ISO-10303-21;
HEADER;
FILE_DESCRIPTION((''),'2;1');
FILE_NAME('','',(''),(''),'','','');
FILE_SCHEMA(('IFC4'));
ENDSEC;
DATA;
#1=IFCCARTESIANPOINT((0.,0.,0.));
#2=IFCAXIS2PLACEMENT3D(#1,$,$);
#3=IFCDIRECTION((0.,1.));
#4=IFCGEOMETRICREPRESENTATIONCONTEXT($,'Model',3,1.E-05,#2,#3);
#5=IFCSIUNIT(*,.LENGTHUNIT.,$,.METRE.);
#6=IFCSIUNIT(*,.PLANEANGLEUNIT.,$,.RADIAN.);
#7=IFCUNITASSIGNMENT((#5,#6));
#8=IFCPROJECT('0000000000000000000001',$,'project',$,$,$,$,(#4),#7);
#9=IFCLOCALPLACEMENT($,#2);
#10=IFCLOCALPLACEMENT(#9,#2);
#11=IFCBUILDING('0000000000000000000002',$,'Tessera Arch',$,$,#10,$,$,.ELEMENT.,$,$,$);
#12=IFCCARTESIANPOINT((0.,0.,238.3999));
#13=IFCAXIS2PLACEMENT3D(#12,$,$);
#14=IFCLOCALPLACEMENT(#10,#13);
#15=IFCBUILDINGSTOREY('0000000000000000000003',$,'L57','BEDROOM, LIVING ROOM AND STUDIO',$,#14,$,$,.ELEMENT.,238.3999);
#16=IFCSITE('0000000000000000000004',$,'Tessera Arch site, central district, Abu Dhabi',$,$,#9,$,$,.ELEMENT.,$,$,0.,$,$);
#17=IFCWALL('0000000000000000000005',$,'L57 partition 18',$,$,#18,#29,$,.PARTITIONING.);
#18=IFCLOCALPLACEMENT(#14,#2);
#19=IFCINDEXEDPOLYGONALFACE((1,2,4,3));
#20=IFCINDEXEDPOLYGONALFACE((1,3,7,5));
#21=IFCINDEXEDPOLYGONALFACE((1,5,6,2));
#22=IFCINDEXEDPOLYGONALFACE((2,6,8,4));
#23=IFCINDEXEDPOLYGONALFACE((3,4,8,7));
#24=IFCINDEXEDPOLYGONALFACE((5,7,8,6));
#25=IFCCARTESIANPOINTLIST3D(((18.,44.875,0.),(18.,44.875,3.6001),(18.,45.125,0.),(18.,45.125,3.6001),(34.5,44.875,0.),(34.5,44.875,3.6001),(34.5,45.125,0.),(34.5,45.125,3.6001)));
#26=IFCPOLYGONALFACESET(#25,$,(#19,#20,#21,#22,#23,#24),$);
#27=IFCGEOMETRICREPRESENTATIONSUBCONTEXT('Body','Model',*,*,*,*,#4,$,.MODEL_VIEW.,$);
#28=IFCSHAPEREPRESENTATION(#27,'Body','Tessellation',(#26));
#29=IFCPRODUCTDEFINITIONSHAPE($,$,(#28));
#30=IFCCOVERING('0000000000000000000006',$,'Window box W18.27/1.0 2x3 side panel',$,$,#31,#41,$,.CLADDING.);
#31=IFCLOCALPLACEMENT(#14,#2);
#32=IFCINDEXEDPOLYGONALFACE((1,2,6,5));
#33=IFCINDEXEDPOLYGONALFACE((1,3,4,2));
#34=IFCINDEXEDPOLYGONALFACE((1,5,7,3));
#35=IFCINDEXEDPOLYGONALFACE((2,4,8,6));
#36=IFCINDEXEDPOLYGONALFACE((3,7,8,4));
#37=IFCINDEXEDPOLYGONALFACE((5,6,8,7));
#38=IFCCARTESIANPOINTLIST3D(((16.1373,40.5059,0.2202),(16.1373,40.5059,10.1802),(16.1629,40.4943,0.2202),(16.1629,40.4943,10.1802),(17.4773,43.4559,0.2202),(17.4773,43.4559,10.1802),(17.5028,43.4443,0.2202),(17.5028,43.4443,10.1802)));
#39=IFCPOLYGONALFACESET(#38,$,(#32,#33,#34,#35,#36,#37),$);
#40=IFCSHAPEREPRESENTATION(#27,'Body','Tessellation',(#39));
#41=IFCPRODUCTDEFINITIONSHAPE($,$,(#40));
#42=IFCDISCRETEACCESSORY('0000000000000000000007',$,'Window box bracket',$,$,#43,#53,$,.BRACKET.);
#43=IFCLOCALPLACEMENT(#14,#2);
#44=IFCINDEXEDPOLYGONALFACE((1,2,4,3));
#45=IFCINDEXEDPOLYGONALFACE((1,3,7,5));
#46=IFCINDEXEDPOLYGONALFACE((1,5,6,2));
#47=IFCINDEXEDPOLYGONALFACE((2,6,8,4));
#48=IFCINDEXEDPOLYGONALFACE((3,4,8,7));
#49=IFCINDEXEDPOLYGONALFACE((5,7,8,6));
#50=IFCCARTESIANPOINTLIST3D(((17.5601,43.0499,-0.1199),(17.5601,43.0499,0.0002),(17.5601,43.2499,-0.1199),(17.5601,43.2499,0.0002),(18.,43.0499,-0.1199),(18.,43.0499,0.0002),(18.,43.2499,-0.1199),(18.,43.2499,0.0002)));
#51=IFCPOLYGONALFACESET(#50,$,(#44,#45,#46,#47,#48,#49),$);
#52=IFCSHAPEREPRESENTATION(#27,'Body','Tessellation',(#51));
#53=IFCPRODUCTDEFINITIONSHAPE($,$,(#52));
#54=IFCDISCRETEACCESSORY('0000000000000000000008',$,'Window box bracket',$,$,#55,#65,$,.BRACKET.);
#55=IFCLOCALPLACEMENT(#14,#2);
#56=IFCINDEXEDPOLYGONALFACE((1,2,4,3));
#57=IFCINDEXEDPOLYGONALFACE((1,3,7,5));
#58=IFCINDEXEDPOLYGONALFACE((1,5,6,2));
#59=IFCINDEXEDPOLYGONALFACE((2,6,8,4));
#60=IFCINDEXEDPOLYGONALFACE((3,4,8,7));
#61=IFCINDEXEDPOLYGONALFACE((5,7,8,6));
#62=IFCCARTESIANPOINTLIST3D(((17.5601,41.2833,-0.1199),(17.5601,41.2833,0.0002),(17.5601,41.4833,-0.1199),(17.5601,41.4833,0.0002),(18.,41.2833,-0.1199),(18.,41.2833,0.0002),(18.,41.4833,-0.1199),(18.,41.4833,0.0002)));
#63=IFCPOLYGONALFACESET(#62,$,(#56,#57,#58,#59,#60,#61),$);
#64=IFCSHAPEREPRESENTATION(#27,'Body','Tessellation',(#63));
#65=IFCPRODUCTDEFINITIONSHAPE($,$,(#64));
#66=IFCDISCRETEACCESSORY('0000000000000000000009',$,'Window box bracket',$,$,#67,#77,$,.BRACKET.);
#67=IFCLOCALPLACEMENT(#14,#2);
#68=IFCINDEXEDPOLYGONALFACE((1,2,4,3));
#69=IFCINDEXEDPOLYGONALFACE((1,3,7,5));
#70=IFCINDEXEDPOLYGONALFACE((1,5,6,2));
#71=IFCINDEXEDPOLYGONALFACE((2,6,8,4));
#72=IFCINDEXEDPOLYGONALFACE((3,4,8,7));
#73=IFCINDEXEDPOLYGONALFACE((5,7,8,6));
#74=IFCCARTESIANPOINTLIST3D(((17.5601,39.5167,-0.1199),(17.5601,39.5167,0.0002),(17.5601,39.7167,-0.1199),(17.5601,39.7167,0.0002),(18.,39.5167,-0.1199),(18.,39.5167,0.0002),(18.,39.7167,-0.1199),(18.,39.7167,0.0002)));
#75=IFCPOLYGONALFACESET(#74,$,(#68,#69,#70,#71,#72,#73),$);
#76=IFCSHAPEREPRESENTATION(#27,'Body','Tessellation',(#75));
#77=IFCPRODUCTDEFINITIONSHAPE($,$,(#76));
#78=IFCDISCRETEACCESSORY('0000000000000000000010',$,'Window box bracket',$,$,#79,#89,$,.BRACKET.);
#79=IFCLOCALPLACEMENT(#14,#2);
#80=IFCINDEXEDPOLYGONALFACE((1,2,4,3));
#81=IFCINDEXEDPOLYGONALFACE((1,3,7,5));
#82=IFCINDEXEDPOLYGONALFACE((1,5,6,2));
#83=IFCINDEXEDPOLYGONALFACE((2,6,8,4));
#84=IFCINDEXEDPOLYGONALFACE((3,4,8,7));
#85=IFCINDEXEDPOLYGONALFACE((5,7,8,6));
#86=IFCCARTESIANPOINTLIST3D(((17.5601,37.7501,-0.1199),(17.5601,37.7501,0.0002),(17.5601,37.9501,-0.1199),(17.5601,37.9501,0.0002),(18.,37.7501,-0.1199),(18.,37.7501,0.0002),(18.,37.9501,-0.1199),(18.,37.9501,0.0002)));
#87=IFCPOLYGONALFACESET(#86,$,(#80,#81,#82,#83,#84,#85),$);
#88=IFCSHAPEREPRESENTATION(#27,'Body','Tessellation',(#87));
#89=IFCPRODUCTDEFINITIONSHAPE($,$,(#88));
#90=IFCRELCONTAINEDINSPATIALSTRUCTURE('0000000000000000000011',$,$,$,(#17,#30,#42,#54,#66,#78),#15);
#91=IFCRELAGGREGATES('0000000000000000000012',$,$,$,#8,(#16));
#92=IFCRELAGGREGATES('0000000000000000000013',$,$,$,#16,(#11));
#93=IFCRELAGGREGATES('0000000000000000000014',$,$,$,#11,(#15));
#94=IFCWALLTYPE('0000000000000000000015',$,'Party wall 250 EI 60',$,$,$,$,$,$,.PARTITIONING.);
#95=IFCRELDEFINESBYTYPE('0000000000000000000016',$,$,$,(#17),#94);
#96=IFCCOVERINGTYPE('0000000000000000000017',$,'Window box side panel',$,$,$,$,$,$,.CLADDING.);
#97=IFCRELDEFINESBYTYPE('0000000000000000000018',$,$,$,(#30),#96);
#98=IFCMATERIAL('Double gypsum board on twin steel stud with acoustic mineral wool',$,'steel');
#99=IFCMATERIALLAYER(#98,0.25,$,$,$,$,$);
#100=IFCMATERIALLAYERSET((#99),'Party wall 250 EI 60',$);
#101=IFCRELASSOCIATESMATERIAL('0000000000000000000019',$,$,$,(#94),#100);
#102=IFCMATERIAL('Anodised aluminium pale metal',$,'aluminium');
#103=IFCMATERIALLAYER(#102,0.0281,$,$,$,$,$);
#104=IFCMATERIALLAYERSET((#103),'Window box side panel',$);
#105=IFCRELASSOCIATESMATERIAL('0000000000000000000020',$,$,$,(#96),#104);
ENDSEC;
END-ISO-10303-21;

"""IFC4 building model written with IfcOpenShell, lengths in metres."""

from ifc_helpers import new_model, si_unit, direction, frame, frame_2d, origin, origin_2d, place, context, subcontext, project, spatial, rectangle, extrude, material, layer, layer_set, type_object, element, save


model = new_model("IFC4")

# Units and contexts
model_context = context("Model", 3, precision=1e-05, world=origin(), true_north=direction((0.0, 1.0)))
body_context = subcontext(model_context, "Body", "Model", "MODEL_VIEW")
ifc_project = project(units=[si_unit("LENGTHUNIT", "METRE"), si_unit("PLANEANGLEUNIT", "RADIAN")], contexts=[model_context])

# Site, building, storey
site_placement = place(None, origin())
site = spatial("IfcSite", under=ifc_project, at=site_placement, Name="Tessera Arch site, central district, Abu Dhabi", CompositionType="ELEMENT", RefElevation=0.0)
building_placement = place(site_placement, origin())
building = spatial("IfcBuilding", under=site, at=building_placement, Name="Tessera Arch", CompositionType="ELEMENT")
storey_placement = place(building_placement, frame((0.0, 0.0, 238.3999)))
storey = spatial("IfcBuildingStorey", under=building, at=storey_placement, Name="L57", Description="BEDROOM, LIVING ROOM AND STUDIO", CompositionType="ELEMENT", Elevation=238.3999)

# Wall
ifc_material_1 = material(Name="Double gypsum board on twin steel stud with acoustic mineral wool", Category="steel")
ifc_layer_1 = layer(ifc_material_1, 0.25)
ifc_layer_set_1 = layer_set([ifc_layer_1], Name="Party wall 250 EI 60")
wall_type_1 = type_object("IfcWallType", Name="Party wall 250 EI 60", PredefinedType="PARTITIONING", material=ifc_layer_set_1)
wall_1_placement = place(storey_placement, frame((18.0, 45.0, 0.0), z_axis=(0.0, 0.0, 1.0), x_axis=(1.0, 0.0, 0.0)))
element("IfcWall", 1, at=wall_1_placement, inside=storey, type_object=wall_type_1, Name="L57 partition 18", PredefinedType="PARTITIONING", context=body_context, shape_type="SweptSolid", body=[
    extrude(rectangle(XDim=16.5, YDim=0.25, at=frame_2d((8.25, 0.0))), origin(), (0.0, 0.0, 1.0), 3.6001),
])

# Covering
ifc_material_2 = material(Name="Anodised aluminium pale metal", Category="aluminium")
ifc_layer_2 = layer(ifc_material_2, 0.0281)
ifc_layer_set_2 = layer_set([ifc_layer_2], Name="Window box side panel")
covering_type = type_object("IfcCoveringType", Name="Window box side panel", PredefinedType="CLADDING", material=ifc_layer_set_2)
covering_placement = place(storey_placement, frame((16.8201, 41.9751, 0.2202), z_axis=(0.0, 0.0, 1.0), x_axis=(-0.41357, -0.910472, 0.0)))
element("IfcCovering", 2, at=covering_placement, inside=storey, type_object=covering_type, Name="Window box W18.27/1.0 2x3 side panel", PredefinedType="CLADDING", context=body_context, shape_type="SweptSolid", body=[
    extrude(rectangle(XDim=3.24, YDim=0.0281, at=origin_2d()), origin(), (0.0, 0.0, 1.0), 9.96),
])

# Discrete accessories
for number, where, z_axis, x_axis, name in (
    (3, (17.78, 43.1499, -0.1199), (0.0, 0.0, 1.0), (-1.0, 0.0, 0.0), "Window box bracket"),
    (4, (17.78, 41.3833, -0.1199), (0.0, 0.0, 1.0), (-1.0, 0.0, 0.0), "Window box bracket"),
    (5, (17.78, 39.6167, -0.1199), (0.0, 0.0, 1.0), (-1.0, 0.0, 0.0), "Window box bracket"),
    (6, (17.78, 37.8501, -0.1199), (0.0, 0.0, 1.0), (-1.0, 0.0, 0.0), "Window box bracket"),
):
    element("IfcDiscreteAccessory", number, at=place(storey_placement, frame(where, z_axis=z_axis, x_axis=x_axis)), inside=storey, Name=name, PredefinedType="BRACKET", context=body_context, shape_type="SweptSolid", body=[
        extrude(rectangle(XDim=0.4399, YDim=0.2, at=origin_2d()), origin(), (0.0, 0.0, 1.0), 0.1201),
    ])

save(model, "model.ifc")
